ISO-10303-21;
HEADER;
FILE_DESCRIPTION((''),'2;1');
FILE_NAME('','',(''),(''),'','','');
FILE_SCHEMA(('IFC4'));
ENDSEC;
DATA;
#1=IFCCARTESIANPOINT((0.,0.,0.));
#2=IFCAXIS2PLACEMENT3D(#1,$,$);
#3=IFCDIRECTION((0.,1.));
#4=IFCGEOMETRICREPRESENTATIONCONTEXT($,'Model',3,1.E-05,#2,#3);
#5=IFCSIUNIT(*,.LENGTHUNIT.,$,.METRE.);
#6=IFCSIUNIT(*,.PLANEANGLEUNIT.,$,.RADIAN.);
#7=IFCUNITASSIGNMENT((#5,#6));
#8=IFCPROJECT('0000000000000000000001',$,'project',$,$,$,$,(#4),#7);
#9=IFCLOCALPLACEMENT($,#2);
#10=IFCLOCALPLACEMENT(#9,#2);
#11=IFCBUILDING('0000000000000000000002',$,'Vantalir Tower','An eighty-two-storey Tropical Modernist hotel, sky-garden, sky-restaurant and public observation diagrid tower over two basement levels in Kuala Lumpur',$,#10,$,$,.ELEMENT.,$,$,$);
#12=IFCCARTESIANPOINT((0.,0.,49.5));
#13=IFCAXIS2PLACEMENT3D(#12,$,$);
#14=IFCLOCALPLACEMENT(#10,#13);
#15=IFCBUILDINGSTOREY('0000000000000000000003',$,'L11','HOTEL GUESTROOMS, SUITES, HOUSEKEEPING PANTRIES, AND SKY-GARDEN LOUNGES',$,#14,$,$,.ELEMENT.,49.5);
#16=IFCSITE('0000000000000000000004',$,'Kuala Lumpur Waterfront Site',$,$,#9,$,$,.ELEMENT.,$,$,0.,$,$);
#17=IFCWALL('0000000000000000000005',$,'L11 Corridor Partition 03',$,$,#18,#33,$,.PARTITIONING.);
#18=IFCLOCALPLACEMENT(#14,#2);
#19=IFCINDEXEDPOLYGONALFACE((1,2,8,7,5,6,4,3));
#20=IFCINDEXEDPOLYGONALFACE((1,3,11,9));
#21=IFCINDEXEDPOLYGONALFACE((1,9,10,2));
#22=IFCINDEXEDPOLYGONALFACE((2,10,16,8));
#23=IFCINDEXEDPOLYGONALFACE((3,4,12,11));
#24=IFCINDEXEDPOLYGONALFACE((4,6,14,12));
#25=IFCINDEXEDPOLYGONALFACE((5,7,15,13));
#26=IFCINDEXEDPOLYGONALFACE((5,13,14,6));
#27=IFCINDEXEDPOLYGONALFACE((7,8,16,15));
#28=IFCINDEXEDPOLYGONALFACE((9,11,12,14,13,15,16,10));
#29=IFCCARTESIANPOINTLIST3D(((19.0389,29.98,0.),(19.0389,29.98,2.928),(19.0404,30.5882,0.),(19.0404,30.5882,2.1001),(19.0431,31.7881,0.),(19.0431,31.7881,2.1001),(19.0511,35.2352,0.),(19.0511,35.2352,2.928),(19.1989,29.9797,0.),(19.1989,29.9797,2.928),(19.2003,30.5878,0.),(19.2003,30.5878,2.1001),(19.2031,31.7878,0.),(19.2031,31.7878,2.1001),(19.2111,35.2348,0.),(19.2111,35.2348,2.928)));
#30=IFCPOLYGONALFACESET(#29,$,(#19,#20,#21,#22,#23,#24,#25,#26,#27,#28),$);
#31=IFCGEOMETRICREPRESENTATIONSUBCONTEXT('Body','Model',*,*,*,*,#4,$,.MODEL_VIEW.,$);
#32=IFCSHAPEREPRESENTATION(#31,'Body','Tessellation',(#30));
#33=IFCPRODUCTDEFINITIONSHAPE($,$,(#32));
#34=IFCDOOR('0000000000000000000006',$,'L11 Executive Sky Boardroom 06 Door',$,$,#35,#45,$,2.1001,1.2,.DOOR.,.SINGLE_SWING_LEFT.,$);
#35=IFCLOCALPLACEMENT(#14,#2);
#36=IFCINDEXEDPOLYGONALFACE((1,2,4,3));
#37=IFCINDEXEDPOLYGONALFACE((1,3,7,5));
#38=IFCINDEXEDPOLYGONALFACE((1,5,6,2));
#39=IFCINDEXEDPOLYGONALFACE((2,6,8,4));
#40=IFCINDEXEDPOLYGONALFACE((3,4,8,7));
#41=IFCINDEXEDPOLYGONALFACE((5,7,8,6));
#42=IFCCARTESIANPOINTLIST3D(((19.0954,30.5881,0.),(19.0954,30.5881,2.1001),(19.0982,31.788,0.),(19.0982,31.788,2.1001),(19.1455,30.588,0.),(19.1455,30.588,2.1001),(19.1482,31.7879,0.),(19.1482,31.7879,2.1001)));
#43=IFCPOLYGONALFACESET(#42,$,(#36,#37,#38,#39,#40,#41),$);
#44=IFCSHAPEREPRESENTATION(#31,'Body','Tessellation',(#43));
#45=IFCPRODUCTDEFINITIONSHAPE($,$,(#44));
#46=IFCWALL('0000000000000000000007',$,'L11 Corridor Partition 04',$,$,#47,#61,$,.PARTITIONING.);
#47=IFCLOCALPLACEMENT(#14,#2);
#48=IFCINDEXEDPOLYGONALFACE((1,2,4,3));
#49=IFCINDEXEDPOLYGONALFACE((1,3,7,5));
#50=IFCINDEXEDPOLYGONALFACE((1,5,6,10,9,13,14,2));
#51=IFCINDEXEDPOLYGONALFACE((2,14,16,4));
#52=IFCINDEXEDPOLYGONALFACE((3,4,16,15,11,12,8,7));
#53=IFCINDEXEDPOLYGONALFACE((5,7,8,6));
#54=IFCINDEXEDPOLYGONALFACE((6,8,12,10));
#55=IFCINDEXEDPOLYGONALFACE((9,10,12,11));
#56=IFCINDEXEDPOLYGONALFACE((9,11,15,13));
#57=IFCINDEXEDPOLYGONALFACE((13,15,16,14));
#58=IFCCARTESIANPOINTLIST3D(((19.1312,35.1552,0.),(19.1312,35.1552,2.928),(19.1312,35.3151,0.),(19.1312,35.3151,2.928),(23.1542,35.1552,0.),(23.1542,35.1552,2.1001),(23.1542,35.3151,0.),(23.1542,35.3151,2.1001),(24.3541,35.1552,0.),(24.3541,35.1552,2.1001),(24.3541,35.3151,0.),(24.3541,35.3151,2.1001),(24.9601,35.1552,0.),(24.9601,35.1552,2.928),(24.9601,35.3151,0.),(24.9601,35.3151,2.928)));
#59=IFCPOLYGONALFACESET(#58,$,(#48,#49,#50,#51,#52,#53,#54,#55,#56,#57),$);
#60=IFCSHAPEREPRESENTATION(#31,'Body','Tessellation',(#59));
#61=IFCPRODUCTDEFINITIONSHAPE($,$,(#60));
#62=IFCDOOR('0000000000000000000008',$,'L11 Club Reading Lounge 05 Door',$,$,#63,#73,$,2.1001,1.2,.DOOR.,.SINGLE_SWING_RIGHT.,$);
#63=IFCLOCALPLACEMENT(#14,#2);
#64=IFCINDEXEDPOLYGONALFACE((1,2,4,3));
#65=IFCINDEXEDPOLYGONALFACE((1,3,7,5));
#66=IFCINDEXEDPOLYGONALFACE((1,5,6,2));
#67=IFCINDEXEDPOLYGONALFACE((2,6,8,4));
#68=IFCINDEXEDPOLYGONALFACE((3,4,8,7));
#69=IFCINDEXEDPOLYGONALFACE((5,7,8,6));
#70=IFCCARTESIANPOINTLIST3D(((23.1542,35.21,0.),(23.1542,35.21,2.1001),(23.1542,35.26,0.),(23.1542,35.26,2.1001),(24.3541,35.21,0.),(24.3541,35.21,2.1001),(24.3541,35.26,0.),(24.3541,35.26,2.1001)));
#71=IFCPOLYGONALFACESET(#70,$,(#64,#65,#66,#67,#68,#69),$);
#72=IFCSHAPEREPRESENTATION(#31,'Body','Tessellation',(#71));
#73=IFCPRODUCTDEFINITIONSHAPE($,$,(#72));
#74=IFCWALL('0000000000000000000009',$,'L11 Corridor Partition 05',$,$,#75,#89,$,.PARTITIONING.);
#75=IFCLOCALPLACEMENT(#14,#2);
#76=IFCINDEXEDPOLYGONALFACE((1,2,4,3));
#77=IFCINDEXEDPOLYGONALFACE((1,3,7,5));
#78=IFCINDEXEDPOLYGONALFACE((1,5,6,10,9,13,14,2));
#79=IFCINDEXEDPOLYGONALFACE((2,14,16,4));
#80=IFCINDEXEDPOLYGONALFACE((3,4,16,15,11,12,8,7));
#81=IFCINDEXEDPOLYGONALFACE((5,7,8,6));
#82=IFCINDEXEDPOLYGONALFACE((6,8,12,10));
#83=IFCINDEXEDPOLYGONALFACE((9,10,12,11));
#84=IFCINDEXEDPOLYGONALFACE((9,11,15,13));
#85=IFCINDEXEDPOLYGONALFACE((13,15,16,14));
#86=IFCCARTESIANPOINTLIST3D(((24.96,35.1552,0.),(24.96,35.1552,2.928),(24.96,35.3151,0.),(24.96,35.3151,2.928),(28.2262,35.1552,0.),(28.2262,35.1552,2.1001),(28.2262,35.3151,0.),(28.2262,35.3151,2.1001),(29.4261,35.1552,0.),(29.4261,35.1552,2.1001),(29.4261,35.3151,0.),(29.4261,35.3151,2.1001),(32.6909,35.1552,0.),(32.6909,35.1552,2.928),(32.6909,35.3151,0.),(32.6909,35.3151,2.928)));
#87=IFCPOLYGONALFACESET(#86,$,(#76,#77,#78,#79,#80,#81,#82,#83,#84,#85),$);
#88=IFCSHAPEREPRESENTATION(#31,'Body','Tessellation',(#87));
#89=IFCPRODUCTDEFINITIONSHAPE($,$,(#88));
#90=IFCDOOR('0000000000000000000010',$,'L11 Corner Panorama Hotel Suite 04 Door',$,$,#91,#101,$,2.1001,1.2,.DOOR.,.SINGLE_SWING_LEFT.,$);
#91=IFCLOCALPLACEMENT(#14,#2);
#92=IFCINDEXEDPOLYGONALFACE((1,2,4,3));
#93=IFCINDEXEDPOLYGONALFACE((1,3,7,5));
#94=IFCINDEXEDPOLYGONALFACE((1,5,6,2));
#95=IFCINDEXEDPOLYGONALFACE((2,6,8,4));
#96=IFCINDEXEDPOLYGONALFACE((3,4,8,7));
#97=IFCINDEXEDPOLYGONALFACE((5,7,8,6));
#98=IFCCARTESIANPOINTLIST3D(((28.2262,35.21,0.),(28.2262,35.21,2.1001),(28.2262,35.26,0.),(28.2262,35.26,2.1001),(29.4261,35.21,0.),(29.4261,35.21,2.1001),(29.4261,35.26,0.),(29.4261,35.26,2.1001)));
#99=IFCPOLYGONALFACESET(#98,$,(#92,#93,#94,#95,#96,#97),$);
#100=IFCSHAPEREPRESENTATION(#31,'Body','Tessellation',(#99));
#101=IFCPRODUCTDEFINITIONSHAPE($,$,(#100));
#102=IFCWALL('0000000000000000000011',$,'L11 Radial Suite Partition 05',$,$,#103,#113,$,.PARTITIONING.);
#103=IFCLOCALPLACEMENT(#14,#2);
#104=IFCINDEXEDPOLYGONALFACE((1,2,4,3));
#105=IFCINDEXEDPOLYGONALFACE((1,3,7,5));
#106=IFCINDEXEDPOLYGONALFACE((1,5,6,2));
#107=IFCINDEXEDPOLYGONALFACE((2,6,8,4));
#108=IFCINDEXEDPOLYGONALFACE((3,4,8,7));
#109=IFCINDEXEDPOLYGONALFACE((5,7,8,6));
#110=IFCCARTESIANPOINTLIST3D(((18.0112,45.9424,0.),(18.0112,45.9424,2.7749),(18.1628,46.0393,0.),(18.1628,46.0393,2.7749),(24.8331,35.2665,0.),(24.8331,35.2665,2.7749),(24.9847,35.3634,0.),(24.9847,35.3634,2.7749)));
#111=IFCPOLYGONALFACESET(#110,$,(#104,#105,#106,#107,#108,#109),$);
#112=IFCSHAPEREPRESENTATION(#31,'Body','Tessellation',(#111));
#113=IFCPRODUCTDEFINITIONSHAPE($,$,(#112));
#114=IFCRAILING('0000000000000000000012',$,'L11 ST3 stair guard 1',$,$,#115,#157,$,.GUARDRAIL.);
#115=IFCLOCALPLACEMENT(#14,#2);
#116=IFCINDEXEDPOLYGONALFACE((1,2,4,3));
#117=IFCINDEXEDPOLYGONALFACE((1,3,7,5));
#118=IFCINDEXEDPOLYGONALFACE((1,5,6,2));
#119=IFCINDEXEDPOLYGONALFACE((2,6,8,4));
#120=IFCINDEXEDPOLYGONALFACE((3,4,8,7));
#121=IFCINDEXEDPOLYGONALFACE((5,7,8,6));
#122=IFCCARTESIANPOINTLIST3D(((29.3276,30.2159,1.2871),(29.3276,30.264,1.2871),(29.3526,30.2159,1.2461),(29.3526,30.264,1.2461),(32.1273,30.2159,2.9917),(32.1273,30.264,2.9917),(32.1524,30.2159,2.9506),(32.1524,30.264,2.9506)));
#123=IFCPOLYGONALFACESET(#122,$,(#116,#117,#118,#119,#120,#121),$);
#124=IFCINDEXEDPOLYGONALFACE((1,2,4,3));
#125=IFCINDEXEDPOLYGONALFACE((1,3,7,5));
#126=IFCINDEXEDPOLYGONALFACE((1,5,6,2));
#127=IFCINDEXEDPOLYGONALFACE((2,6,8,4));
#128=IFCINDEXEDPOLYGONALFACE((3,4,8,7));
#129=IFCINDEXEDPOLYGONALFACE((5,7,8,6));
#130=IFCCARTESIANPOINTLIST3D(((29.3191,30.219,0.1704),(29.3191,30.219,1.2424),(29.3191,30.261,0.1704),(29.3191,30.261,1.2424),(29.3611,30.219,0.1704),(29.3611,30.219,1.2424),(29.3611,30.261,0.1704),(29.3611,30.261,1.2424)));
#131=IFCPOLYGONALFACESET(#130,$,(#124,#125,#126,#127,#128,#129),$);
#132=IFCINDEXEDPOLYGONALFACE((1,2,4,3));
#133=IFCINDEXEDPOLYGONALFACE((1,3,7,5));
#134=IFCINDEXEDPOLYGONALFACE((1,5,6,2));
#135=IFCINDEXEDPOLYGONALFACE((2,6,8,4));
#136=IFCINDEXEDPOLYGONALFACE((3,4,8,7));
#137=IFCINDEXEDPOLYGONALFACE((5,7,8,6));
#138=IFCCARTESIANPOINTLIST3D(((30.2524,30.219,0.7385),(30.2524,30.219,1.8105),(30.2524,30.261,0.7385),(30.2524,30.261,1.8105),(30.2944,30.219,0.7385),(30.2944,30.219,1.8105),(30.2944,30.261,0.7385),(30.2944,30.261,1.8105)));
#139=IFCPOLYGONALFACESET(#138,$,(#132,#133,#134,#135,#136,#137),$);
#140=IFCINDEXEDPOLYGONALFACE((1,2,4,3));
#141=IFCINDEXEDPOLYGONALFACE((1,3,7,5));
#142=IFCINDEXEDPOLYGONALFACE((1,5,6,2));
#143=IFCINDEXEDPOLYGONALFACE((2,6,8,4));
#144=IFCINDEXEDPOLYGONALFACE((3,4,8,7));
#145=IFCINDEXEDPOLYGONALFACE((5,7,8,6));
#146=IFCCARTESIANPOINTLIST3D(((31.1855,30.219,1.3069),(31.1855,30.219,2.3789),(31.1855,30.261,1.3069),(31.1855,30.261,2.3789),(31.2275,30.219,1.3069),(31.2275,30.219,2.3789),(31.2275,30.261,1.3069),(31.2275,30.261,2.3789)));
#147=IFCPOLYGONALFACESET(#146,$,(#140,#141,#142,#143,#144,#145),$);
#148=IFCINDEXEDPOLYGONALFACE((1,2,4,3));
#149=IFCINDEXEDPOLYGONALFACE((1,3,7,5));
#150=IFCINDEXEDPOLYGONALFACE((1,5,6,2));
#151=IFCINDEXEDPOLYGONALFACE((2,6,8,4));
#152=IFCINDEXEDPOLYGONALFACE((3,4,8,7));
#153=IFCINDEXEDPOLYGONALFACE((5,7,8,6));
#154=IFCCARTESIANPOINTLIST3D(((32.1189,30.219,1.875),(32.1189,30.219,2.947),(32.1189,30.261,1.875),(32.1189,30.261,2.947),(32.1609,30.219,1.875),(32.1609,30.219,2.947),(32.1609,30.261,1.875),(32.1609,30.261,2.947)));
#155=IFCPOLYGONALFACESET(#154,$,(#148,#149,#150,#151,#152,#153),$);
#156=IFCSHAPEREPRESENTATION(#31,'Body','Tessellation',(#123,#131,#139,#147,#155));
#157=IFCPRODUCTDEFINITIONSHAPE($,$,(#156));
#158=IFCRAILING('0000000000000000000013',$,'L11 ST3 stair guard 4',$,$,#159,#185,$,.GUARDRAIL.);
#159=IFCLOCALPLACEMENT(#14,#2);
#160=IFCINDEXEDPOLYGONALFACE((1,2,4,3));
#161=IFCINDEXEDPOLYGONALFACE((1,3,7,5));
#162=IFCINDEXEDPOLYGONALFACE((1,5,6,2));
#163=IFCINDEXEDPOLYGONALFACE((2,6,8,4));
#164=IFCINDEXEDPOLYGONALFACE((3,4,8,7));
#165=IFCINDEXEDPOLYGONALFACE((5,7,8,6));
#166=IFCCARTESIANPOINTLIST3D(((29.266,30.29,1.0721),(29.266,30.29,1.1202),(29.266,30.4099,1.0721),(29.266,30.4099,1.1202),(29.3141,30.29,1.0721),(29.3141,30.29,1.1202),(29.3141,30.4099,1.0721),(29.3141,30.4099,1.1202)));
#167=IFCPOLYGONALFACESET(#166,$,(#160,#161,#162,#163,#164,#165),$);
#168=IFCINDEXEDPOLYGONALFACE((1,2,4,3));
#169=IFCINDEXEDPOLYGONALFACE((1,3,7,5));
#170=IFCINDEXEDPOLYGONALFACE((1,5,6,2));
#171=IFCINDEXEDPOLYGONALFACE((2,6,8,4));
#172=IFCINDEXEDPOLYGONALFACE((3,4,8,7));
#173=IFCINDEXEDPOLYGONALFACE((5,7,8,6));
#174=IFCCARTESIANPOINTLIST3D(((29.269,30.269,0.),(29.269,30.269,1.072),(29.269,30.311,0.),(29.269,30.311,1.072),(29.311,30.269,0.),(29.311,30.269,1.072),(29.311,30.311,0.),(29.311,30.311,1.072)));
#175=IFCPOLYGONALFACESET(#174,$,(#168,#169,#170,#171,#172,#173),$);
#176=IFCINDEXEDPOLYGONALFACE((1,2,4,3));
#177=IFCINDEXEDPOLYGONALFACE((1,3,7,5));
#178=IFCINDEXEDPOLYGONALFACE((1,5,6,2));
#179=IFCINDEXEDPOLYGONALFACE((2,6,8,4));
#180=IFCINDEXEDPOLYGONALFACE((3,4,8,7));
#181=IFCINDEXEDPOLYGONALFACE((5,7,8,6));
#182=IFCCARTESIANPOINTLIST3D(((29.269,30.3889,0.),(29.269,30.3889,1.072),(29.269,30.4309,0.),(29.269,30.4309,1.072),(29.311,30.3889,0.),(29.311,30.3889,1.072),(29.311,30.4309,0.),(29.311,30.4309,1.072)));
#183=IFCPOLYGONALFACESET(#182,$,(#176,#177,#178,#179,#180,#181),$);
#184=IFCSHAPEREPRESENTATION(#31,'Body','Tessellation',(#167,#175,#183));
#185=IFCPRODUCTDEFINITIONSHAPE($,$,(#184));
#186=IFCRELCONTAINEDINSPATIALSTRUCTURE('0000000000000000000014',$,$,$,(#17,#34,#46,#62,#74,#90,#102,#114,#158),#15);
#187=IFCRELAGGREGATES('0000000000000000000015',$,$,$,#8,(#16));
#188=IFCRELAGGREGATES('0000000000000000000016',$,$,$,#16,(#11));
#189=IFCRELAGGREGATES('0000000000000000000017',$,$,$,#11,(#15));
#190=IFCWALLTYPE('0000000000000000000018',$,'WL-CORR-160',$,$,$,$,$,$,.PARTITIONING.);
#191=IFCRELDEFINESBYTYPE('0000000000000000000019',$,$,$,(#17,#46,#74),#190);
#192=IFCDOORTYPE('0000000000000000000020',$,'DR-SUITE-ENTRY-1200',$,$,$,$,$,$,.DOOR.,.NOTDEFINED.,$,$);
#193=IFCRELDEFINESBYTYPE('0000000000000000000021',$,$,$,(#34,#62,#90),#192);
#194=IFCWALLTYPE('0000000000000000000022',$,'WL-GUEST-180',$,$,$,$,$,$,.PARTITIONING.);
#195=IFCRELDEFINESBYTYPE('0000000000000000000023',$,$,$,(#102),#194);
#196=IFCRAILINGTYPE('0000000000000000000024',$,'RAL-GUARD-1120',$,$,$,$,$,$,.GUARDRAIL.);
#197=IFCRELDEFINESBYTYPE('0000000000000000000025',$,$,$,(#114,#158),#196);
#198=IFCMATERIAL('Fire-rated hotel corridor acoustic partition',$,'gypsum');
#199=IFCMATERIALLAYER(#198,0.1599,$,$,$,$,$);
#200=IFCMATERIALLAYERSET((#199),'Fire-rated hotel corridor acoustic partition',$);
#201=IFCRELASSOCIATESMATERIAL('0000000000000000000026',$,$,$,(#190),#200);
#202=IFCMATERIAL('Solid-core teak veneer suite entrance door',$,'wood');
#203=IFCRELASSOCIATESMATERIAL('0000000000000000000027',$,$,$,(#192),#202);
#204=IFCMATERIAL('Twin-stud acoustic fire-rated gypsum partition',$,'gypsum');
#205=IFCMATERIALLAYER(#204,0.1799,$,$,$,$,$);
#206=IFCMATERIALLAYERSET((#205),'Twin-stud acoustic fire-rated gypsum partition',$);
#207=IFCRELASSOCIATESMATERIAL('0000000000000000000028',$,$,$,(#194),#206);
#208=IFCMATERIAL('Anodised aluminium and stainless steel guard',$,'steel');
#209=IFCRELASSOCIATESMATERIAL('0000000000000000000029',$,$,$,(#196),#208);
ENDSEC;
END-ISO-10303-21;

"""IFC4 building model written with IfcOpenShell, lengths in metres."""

from ifc_helpers import new_model, si_unit, direction, frame, frame_2d, origin, origin_2d, place, context, subcontext, project, spatial, rectangle, extrude, material, layer, layer_set, type_object, element, fill, save


model = new_model("IFC4")

# Units and contexts
model_context = context("Model", 3, precision=1e-05, world=origin(), true_north=direction((0.0, 1.0)))
body_context = subcontext(model_context, "Body", "Model", "MODEL_VIEW")
ifc_project = project(units=[si_unit("LENGTHUNIT", "METRE"), si_unit("PLANEANGLEUNIT", "RADIAN")], contexts=[model_context])

# Site, building, storey
site_placement = place(None, origin())
site = spatial("IfcSite", under=ifc_project, at=site_placement, Name="Kuala Lumpur Waterfront Site", CompositionType="ELEMENT", RefElevation=0.0)
building_placement = place(site_placement, origin())
building = spatial("IfcBuilding", under=site, at=building_placement, Name="Vantalir Tower", Description="An eighty-two-storey Tropical Modernist hotel, sky-garden, sky-restaurant and public observation diagrid tower over two basement levels in Kuala Lumpur", CompositionType="ELEMENT")
storey_placement = place(building_placement, frame((0.0, 0.0, 49.5)))
storey = spatial("IfcBuildingStorey", under=building, at=storey_placement, Name="L11", Description="HOTEL GUESTROOMS, SUITES, HOUSEKEEPING PANTRIES, AND SKY-GARDEN LOUNGES", CompositionType="ELEMENT", Elevation=49.5)

# Walls, openings, doors
ifc_material_1 = material(Name="Fire-rated hotel corridor acoustic partition", Category="gypsum")
ifc_layer_1 = layer(ifc_material_1, 0.1599)
ifc_layer_set_1 = layer_set([ifc_layer_1], Name="Fire-rated hotel corridor acoustic partition")
wall_type_1 = type_object("IfcWallType", Name="WL-CORR-160", PredefinedType="PARTITIONING", material=ifc_layer_set_1)
wall_1_placement = place(storey_placement, frame((19.1189, 29.98, 0.0), z_axis=(0.0, 0.0, 1.0), x_axis=(0.002323, 0.999997, 0.0)))
wall_1 = element("IfcWall", 1, at=wall_1_placement, inside=storey, type_object=wall_type_1, Name="L11 Corridor Partition 03", PredefinedType="PARTITIONING", context=body_context, shape_type="SweptSolid", body=[
    extrude(rectangle(XDim=5.2551, YDim=0.1599, at=frame_2d((2.6274, 0.0))), origin(), (0.0, 0.0, 1.0), 2.928),
])
opening_1_placement = place(wall_1_placement, frame((0.6079, 0.0, 0.0)))
opening_1 = element("IfcOpeningElement", 2, at=opening_1_placement, cuts=wall_1, PredefinedType="OPENING", context=body_context, shape_type="SweptSolid", body=[
    extrude(rectangle(XDim=1.2, YDim=2.1001, at=frame_2d((0.6001, 1.05))), frame((0.0, 0.0898, 0.0), z_axis=(0.0, -1.0, 0.0), x_axis=(1.0, 0.0, 0.0)), (0.0, 0.0, 1.0), 0.1799),
])
ifc_material_2 = material(Name="Solid-core teak veneer suite entrance door", Category="wood")
door_type_1 = type_object("IfcDoorType", Name="DR-SUITE-ENTRY-1200", OperationType="NOTDEFINED", PredefinedType="DOOR", material=ifc_material_2)
door_1_placement = place(opening_1_placement, origin())
door_1 = element("IfcDoor", 3, at=door_1_placement, inside=storey, type_object=door_type_1, Name="L11 Executive Sky Boardroom 06 Door", OperationType="SINGLE_SWING_LEFT", OverallHeight=2.1001, OverallWidth=1.2, PredefinedType="DOOR", context=body_context, shape_type="SweptSolid", body=[
    extrude(rectangle(XDim=1.2, YDim=2.1001, at=frame_2d((0.6001, 1.05))), frame((0.0, 0.0249, 0.0), z_axis=(0.0, -1.0, 0.0), x_axis=(1.0, 0.0, 0.0)), (0.0, 0.0, 1.0), 0.05),
])
fill(opening_1, door_1)
wall_2_placement = place(storey_placement, frame((19.1311, 35.2351, 0.0), z_axis=(0.0, 0.0, 1.0), x_axis=(1.0, 0.0, 0.0)))
wall_2 = element("IfcWall", 4, at=wall_2_placement, inside=storey, type_object=wall_type_1, Name="L11 Corridor Partition 04", PredefinedType="PARTITIONING", context=body_context, shape_type="SweptSolid", body=[
    extrude(rectangle(XDim=5.8289, YDim=0.1599, at=frame_2d((2.9146, 0.0))), origin(), (0.0, 0.0, 1.0), 2.928),
])
opening_2_placement = place(wall_2_placement, frame((4.0229, 0.0, 0.0)))
opening_2 = element("IfcOpeningElement", 5, at=opening_2_placement, cuts=wall_2, PredefinedType="OPENING", context=body_context, shape_type="SweptSolid", body=[
    extrude(rectangle(XDim=1.2, YDim=2.1001, at=frame_2d((0.6001, 1.05))), frame((0.0, 0.0898, 0.0), z_axis=(0.0, -1.0, 0.0), x_axis=(1.0, 0.0, 0.0)), (0.0, 0.0, 1.0), 0.1799),
])
door_2_placement = place(opening_2_placement, origin())
door_2 = element("IfcDoor", 6, at=door_2_placement, inside=storey, type_object=door_type_1, Name="L11 Club Reading Lounge 05 Door", OperationType="SINGLE_SWING_RIGHT", OverallHeight=2.1001, OverallWidth=1.2, PredefinedType="DOOR", context=body_context, shape_type="SweptSolid", body=[
    extrude(rectangle(XDim=1.2, YDim=2.1001, at=frame_2d((0.6001, 1.05))), frame((0.0, 0.0249, 0.0), z_axis=(0.0, -1.0, 0.0), x_axis=(1.0, 0.0, 0.0)), (0.0, 0.0, 1.0), 0.05),
])
fill(opening_2, door_2)
wall_3_placement = place(storey_placement, frame((24.96, 35.2351, 0.0), z_axis=(0.0, 0.0, 1.0), x_axis=(1.0, 0.0, 0.0)))
wall_3 = element("IfcWall", 7, at=wall_3_placement, inside=storey, type_object=wall_type_1, Name="L11 Corridor Partition 05", PredefinedType="PARTITIONING", context=body_context, shape_type="SweptSolid", body=[
    extrude(rectangle(XDim=7.731, YDim=0.1599, at=frame_2d((3.8655, 0.0))), origin(), (0.0, 0.0, 1.0), 2.928),
])
opening_3_placement = place(wall_3_placement, frame((3.2661, 0.0, 0.0)))
opening_3 = element("IfcOpeningElement", 8, at=opening_3_placement, cuts=wall_3, PredefinedType="OPENING", context=body_context, shape_type="SweptSolid", body=[
    extrude(rectangle(XDim=1.2, YDim=2.1001, at=frame_2d((0.6001, 1.05))), frame((0.0, 0.0898, 0.0), z_axis=(0.0, -1.0, 0.0), x_axis=(1.0, 0.0, 0.0)), (0.0, 0.0, 1.0), 0.1799),
])
door_3_placement = place(opening_3_placement, origin())
door_3 = element("IfcDoor", 9, at=door_3_placement, inside=storey, type_object=door_type_1, Name="L11 Corner Panorama Hotel Suite 04 Door", OperationType="SINGLE_SWING_LEFT", OverallHeight=2.1001, OverallWidth=1.2, PredefinedType="DOOR", context=body_context, shape_type="SweptSolid", body=[
    extrude(rectangle(XDim=1.2, YDim=2.1001, at=frame_2d((0.6001, 1.05))), frame((0.0, 0.0249, 0.0), z_axis=(0.0, -1.0, 0.0), x_axis=(1.0, 0.0, 0.0)), (0.0, 0.0, 1.0), 0.05),
])
fill(opening_3, door_3)

# Wall
ifc_material_3 = material(Name="Twin-stud acoustic fire-rated gypsum partition", Category="gypsum")
ifc_layer_2 = layer(ifc_material_3, 0.1799)
ifc_layer_set_2 = layer_set([ifc_layer_2], Name="Twin-stud acoustic fire-rated gypsum partition")
wall_type_2 = type_object("IfcWallType", Name="WL-GUEST-180", PredefinedType="PARTITIONING", material=ifc_layer_set_2)
wall_4_placement = place(storey_placement, frame((24.9089, 35.3149, 0.0), z_axis=(0.0, 0.0, 1.0), x_axis=(-0.538458, 0.842652, 0.0)))
element("IfcWall", 10, at=wall_4_placement, inside=storey, type_object=wall_type_2, Name="L11 Radial Suite Partition 05", PredefinedType="PARTITIONING", context=body_context, shape_type="SweptSolid", body=[
    extrude(rectangle(XDim=12.6694, YDim=0.1799, at=frame_2d((6.3347, 0.0))), origin(), (0.0, 0.0, 1.0), 2.7749),
])

# Railings
ifc_material_4 = material(Name="Anodised aluminium and stainless steel guard", Category="steel")
railing_type = type_object("IfcRailingType", Name="RAL-GUARD-1120", PredefinedType="GUARDRAIL", material=ifc_material_4)
railing_1_placement = place(storey_placement, frame((29.3401, 30.24, 0.1704)))
element("IfcRailing", 11, at=railing_1_placement, inside=storey, type_object=railing_type, Name="L11 ST3 stair guard 1", PredefinedType="GUARDRAIL", context=body_context, shape_type="SweptSolid", body=[
    extrude(rectangle(XDim=0.0481, YDim=0.0481, at=origin_2d()), frame((0.0, 0.0, 1.0962), z_axis=(0.85415, 0.0, 0.520027), x_axis=(0.0, 1.0, 0.0)), (0.0, 0.0, 1.0), 3.2778),
    extrude(rectangle(XDim=0.042, YDim=0.042, at=origin_2d()), origin(), (0.0, 0.0, 1.0), 1.072),
    extrude(rectangle(XDim=0.042, YDim=0.042, at=origin_2d()), frame((0.9333, 0.0, 0.5681)), (0.0, 0.0, 1.0), 1.072),
    extrude(rectangle(XDim=0.042, YDim=0.042, at=origin_2d()), frame((1.8665, 0.0, 1.1365)), (0.0, 0.0, 1.0), 1.072),
    extrude(rectangle(XDim=0.042, YDim=0.042, at=origin_2d()), frame((2.7998, 0.0, 1.7046)), (0.0, 0.0, 1.0), 1.072),
])
railing_2_placement = place(storey_placement, frame((29.29, 30.29, 0.0)))
element("IfcRailing", 12, at=railing_2_placement, inside=storey, type_object=railing_type, Name="L11 ST3 stair guard 4", PredefinedType="GUARDRAIL", context=body_context, shape_type="SweptSolid", body=[
    extrude(rectangle(XDim=0.0481, YDim=0.0481, at=origin_2d()), frame((0.0, 0.0, 1.0962), z_axis=(0.0, 1.0, 0.0), x_axis=(-1.0, 0.0, 0.0)), (0.0, 0.0, 1.0), 0.1199),
    extrude(rectangle(XDim=0.042, YDim=0.042, at=origin_2d()), origin(), (0.0, 0.0, 1.0), 1.072),
    extrude(rectangle(XDim=0.042, YDim=0.042, at=origin_2d()), frame((0.0, 0.1199, 0.0)), (0.0, 0.0, 1.0), 1.072),
])

save(model, "model.ifc")
